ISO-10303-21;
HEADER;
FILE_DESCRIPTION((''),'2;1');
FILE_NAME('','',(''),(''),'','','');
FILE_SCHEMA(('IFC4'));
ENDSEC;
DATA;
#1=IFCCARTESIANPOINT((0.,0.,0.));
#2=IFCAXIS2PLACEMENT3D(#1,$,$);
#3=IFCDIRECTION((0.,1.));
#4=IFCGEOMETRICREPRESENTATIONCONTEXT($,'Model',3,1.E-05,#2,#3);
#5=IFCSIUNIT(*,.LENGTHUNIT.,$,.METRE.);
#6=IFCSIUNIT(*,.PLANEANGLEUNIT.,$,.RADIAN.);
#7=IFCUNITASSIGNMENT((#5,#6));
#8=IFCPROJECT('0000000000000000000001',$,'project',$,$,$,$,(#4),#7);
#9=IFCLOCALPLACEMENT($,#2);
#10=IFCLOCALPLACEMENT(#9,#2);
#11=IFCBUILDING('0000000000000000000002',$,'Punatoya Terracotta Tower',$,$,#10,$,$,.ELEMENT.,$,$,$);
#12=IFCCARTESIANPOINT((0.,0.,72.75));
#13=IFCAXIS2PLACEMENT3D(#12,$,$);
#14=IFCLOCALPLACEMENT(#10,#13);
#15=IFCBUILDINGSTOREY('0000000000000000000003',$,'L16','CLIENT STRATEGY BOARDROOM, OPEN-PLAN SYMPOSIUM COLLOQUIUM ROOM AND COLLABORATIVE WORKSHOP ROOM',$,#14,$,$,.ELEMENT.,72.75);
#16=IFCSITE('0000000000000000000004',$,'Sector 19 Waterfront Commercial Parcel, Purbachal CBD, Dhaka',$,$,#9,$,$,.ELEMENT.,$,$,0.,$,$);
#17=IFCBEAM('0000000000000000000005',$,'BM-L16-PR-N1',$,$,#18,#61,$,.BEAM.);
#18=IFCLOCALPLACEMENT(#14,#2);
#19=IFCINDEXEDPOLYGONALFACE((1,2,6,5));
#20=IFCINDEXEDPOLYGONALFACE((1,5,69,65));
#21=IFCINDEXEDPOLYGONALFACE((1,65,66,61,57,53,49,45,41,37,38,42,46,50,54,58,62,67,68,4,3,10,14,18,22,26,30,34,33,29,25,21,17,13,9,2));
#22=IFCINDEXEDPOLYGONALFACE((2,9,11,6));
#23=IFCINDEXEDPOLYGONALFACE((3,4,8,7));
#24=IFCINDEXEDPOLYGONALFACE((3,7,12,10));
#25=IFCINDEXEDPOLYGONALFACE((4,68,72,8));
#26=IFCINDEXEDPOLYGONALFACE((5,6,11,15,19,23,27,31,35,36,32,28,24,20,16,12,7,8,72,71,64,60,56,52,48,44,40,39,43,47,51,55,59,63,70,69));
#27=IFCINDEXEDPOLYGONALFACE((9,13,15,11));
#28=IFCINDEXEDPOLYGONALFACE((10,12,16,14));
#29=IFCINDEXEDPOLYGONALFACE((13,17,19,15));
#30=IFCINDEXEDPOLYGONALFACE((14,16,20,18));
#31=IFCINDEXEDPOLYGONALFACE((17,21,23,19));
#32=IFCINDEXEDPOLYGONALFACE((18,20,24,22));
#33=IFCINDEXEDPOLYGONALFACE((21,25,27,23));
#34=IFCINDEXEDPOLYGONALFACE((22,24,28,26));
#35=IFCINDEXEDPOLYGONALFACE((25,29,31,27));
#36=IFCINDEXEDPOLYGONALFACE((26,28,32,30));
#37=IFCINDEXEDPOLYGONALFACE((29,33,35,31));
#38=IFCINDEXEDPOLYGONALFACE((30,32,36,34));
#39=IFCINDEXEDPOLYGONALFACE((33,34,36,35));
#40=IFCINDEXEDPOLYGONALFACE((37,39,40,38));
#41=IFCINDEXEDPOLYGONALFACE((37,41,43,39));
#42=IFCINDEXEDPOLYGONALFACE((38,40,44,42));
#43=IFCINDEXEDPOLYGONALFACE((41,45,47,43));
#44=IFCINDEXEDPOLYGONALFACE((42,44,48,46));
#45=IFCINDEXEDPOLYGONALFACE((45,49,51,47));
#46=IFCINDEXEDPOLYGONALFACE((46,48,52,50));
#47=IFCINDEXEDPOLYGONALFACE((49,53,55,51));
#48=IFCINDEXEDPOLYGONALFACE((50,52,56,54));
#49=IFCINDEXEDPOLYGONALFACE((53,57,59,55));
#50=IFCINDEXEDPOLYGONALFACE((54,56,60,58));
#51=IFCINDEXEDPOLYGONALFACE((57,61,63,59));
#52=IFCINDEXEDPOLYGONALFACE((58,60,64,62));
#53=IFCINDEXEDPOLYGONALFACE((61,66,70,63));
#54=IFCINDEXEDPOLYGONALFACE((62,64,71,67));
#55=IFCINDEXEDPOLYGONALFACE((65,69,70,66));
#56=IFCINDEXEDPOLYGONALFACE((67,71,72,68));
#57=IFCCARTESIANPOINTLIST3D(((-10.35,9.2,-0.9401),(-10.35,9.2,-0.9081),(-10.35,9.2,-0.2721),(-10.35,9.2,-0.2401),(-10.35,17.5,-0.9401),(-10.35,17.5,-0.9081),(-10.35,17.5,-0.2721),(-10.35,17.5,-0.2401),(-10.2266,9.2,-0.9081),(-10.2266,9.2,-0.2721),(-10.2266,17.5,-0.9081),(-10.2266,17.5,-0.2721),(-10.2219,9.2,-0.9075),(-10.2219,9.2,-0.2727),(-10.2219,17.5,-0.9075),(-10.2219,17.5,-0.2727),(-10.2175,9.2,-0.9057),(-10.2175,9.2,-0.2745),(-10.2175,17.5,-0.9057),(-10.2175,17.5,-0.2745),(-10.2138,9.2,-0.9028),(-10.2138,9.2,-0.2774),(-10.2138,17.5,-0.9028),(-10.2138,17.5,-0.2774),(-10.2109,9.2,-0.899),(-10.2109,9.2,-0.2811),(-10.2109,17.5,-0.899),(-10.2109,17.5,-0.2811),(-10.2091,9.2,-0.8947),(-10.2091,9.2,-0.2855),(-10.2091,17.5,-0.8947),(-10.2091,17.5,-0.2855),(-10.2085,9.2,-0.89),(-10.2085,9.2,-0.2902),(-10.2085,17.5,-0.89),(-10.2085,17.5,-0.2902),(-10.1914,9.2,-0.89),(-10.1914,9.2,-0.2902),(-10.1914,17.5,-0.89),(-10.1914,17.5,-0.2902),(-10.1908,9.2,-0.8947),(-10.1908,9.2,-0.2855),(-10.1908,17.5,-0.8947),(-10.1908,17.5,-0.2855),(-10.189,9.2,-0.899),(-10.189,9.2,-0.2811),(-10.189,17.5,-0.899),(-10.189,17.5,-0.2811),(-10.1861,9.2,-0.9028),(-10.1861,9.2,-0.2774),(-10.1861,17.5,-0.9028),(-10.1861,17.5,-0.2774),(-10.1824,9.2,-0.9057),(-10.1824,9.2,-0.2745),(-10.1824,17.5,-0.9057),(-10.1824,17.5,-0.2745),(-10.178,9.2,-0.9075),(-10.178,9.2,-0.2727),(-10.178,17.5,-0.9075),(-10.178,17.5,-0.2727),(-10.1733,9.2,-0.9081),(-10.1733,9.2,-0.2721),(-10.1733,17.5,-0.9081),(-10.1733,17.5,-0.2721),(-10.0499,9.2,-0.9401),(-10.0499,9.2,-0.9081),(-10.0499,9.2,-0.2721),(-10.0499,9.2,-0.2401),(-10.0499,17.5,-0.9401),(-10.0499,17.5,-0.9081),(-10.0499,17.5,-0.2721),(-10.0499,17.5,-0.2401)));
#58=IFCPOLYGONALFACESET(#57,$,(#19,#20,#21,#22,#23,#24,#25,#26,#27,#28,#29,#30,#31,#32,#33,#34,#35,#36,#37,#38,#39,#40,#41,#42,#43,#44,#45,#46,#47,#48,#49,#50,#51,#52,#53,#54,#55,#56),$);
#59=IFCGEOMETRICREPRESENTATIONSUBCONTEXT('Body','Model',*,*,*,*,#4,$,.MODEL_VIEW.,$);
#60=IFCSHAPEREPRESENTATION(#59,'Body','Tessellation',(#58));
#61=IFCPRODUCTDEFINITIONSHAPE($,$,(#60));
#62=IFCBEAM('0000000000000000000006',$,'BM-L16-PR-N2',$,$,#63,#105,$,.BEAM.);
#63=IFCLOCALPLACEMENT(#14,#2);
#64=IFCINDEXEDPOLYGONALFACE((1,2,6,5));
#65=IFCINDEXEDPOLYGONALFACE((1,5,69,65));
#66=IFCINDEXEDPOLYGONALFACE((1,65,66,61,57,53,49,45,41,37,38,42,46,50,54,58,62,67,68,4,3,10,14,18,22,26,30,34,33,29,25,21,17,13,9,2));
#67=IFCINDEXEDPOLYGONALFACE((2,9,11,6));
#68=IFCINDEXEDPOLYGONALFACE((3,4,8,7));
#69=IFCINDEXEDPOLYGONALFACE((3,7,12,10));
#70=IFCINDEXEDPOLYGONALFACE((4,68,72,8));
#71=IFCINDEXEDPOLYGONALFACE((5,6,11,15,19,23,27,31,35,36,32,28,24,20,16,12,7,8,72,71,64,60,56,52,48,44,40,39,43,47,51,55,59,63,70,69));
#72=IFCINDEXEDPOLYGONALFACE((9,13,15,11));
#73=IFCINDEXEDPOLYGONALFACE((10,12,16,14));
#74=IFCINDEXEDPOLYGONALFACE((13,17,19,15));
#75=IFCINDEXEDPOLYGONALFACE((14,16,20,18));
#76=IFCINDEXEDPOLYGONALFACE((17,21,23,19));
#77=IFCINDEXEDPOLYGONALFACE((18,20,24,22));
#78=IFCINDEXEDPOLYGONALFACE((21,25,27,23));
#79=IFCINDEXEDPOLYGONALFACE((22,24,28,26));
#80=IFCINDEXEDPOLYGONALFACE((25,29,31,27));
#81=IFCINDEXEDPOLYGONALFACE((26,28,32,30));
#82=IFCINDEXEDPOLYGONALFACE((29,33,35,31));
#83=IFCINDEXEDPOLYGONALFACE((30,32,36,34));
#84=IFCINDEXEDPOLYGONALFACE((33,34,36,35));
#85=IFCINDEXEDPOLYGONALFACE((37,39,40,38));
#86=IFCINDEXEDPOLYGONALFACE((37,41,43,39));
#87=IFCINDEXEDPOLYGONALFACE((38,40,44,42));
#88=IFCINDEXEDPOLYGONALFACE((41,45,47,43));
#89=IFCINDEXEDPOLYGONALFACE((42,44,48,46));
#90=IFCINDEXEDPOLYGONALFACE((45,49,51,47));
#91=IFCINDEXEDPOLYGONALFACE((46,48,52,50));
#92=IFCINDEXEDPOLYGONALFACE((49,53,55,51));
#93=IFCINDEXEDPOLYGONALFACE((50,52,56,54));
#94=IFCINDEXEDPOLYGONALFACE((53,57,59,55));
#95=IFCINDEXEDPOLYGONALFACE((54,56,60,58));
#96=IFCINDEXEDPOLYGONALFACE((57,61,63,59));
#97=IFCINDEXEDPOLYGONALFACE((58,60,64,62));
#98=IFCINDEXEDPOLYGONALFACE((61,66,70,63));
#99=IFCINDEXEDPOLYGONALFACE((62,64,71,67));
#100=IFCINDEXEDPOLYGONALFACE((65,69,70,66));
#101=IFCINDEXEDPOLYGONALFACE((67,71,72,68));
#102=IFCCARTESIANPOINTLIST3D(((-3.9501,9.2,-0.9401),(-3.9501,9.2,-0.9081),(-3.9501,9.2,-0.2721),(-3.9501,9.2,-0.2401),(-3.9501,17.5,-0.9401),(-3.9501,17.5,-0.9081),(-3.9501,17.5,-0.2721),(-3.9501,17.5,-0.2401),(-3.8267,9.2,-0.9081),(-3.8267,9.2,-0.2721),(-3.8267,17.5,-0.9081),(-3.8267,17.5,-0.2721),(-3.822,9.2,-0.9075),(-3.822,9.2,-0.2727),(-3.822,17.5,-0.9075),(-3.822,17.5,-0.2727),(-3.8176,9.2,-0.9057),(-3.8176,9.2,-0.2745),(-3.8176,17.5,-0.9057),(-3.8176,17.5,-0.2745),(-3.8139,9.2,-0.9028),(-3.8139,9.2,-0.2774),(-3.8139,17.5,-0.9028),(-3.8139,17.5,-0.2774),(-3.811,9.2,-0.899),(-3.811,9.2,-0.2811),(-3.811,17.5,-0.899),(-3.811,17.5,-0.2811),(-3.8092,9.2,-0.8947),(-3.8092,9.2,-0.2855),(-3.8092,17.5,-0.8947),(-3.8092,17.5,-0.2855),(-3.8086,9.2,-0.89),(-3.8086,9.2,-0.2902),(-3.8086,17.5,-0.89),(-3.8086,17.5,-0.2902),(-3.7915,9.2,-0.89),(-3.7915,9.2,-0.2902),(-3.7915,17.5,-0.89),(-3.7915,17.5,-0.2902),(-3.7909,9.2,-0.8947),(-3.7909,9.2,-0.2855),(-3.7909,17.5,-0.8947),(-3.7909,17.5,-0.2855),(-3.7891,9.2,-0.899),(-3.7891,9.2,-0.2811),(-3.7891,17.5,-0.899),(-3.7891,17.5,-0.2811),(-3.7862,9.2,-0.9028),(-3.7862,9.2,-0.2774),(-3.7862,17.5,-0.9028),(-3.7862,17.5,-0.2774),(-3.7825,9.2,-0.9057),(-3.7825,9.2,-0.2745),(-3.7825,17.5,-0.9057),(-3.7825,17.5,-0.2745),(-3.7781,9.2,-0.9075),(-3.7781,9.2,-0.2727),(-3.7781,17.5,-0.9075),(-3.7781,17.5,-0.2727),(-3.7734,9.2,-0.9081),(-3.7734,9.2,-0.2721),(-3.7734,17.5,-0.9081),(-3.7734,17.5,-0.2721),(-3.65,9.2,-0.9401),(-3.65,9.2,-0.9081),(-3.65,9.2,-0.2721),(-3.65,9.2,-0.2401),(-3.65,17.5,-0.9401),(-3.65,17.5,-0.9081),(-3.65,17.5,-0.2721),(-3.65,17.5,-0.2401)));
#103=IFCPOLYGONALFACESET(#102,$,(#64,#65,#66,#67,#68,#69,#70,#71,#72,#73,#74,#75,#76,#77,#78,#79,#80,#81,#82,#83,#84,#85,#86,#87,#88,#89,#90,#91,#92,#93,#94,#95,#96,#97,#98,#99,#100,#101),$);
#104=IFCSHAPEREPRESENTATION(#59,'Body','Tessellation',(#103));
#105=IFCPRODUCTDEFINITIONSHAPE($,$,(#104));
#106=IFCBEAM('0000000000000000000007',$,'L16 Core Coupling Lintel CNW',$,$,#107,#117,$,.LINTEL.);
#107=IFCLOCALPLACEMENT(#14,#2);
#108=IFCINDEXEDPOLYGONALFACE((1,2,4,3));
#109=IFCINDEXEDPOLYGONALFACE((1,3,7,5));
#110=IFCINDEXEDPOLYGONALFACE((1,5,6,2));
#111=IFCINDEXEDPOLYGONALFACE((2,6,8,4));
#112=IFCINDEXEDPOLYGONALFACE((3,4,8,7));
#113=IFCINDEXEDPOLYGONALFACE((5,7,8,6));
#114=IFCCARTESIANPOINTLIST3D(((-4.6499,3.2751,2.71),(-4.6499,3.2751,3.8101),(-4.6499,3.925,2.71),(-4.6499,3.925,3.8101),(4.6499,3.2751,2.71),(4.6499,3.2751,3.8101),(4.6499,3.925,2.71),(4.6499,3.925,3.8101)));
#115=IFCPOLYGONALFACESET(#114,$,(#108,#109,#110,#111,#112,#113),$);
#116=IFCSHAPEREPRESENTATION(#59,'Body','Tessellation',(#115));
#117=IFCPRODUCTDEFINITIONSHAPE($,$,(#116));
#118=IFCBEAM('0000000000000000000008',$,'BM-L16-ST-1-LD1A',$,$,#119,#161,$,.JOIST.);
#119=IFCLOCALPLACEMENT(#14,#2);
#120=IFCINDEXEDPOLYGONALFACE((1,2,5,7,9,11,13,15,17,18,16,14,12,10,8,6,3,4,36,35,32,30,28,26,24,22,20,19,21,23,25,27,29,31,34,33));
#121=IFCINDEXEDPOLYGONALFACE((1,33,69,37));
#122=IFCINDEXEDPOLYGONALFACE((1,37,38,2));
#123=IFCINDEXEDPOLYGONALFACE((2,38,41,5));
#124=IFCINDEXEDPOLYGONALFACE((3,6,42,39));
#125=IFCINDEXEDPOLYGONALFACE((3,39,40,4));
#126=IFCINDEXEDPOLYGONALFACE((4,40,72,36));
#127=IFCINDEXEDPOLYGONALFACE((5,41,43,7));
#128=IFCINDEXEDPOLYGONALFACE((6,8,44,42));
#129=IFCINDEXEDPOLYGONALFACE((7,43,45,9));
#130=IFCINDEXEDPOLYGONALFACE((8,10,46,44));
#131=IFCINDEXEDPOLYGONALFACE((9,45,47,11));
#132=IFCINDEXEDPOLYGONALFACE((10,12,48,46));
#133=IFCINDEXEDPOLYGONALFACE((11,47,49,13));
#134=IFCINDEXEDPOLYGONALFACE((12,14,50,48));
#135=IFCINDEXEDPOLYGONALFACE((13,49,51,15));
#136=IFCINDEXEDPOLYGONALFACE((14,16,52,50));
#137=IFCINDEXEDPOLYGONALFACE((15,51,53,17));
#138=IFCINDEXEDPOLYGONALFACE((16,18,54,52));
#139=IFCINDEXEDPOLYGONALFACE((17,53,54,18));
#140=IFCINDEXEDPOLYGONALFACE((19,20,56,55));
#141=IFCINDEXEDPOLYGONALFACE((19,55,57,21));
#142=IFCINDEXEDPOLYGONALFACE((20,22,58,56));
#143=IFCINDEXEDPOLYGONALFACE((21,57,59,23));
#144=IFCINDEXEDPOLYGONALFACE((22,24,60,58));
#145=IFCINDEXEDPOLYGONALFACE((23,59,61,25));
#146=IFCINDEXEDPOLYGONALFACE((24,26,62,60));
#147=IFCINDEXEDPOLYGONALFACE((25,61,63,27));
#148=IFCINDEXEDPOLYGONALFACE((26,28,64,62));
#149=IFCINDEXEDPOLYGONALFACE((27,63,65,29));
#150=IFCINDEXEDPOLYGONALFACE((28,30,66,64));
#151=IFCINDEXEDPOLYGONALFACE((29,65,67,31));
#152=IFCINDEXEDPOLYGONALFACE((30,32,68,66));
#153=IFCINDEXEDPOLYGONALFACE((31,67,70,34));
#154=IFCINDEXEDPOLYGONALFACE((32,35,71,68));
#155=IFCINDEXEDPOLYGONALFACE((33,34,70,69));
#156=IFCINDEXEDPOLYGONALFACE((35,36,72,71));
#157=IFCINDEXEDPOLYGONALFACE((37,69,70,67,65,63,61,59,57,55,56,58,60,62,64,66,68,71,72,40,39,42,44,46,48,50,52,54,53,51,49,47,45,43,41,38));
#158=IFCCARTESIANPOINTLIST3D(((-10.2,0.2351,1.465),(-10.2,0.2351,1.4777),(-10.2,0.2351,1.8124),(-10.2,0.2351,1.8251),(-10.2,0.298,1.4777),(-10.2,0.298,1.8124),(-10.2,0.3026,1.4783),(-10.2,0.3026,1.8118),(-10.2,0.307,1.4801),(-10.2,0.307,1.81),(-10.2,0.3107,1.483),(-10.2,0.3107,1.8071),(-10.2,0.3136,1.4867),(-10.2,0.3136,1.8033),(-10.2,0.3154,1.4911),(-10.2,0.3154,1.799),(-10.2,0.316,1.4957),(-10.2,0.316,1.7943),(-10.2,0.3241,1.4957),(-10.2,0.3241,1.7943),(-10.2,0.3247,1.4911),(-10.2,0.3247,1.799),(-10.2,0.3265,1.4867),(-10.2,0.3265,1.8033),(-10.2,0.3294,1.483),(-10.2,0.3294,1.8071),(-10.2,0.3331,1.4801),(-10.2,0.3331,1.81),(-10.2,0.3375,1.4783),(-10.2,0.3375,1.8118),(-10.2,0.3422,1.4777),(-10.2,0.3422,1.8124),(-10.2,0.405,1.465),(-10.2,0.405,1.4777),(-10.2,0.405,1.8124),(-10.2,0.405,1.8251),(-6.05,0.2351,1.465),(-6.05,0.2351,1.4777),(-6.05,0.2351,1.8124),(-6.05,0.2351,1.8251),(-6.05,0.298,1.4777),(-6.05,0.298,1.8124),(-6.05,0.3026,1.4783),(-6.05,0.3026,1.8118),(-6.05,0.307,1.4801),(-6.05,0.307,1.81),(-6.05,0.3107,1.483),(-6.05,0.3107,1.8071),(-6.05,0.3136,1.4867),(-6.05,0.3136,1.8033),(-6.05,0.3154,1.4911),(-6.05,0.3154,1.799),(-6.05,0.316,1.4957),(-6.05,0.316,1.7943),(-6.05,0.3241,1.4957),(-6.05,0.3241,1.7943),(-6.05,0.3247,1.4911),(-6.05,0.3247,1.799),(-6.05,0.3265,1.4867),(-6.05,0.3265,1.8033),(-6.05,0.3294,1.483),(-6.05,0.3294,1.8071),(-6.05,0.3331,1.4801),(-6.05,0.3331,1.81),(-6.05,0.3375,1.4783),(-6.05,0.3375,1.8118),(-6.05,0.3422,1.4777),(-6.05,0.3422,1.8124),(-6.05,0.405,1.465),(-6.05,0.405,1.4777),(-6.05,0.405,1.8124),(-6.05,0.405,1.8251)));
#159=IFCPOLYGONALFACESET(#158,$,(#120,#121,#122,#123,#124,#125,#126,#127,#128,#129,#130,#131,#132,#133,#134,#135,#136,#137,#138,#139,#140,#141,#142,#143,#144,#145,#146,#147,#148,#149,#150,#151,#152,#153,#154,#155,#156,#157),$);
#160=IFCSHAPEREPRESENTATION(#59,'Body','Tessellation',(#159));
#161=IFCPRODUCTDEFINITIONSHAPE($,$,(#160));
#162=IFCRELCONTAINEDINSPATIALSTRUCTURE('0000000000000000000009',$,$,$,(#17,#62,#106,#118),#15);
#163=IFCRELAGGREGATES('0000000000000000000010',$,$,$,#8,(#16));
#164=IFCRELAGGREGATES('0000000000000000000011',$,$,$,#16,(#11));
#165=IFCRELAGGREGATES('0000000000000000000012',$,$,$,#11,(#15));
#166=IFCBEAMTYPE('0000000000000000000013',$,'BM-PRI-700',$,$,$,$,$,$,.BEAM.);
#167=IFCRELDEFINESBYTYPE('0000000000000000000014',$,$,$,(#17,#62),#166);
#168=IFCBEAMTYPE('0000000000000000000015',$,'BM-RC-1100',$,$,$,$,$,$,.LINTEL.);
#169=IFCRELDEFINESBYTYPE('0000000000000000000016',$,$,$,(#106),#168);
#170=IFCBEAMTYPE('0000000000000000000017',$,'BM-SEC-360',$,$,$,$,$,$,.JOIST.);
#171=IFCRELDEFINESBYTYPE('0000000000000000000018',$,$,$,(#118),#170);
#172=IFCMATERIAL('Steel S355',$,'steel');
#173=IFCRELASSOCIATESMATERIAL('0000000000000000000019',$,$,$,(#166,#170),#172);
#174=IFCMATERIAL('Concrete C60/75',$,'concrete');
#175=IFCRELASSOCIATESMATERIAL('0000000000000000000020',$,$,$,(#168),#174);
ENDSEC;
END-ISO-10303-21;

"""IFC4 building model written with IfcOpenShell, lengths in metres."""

from ifc_helpers import new_model, si_unit, direction, frame, origin, origin_2d, place, context, subcontext, project, spatial, rectangle, i_section, extrude, material, material_profile, profile_set, type_object, element, save


model = new_model("IFC4")

# Units and contexts
model_context = context("Model", 3, precision=1e-05, world=origin(), true_north=direction((0.0, 1.0)))
body_context = subcontext(model_context, "Body", "Model", "MODEL_VIEW")
ifc_project = project(units=[si_unit("LENGTHUNIT", "METRE"), si_unit("PLANEANGLEUNIT", "RADIAN")], contexts=[model_context])

# Site, building, storey
site_placement = place(None, origin())
site = spatial("IfcSite", under=ifc_project, at=site_placement, Name="Sector 19 Waterfront Commercial Parcel, Purbachal CBD, Dhaka", CompositionType="ELEMENT", RefElevation=0.0)
building_placement = place(site_placement, origin())
building = spatial("IfcBuilding", under=site, at=building_placement, Name="Punatoya Terracotta Tower", CompositionType="ELEMENT")
storey_placement = place(building_placement, frame((0.0, 0.0, 72.75)))
storey = spatial("IfcBuildingStorey", under=building, at=storey_placement, Name="L16", Description="CLIENT STRATEGY BOARDROOM, OPEN-PLAN SYMPOSIUM COLLOQUIUM ROOM AND COLLABORATIVE WORKSHOP ROOM", CompositionType="ELEMENT", Elevation=72.75)

# Beams
ifc_material_1 = material(Name="Steel S355", Category="steel")
ifc_material_profile_1 = material_profile(ifc_material_1, i_section(OverallWidth=0.3, OverallDepth=0.7, WebThickness=0.0171, FlangeThickness=0.032, FilletRadius=0.0181, at=origin_2d()))
ifc_profile_set_1 = profile_set([ifc_material_profile_1], Name="Steel S355")
beam_type_1 = type_object("IfcBeamType", Name="BM-PRI-700", PredefinedType="BEAM", material=ifc_profile_set_1)
for number, where, z_axis, x_axis, name in (
    (1, (-10.2, 9.2, -0.5901), (0.0, 1.0, 0.0), (-1.0, 0.0, 0.0), "BM-L16-PR-N1"),
    (2, (-3.8, 9.2, -0.5901), (0.0, 1.0, 0.0), (-1.0, 0.0, 0.0), "BM-L16-PR-N2"),
):
    element("IfcBeam", number, at=place(storey_placement, frame(where, z_axis=z_axis, x_axis=x_axis)), inside=storey, type_object=beam_type_1, Name=name, PredefinedType="BEAM", context=body_context, shape_type="SweptSolid", body=[
        extrude(i_section(OverallWidth=0.3, OverallDepth=0.7, WebThickness=0.0171, FlangeThickness=0.032, FilletRadius=0.0181, at=origin_2d()), origin(), (0.0, 0.0, 1.0), 8.3),
    ])
ifc_material_2 = material(Name="Concrete C60/75", Category="concrete")
ifc_material_profile_2 = material_profile(ifc_material_2, rectangle(XDim=0.6499, YDim=1.1001, at=origin_2d()))
ifc_profile_set_2 = profile_set([ifc_material_profile_2], Name="Concrete C60/75")
beam_type_2 = type_object("IfcBeamType", Name="BM-RC-1100", PredefinedType="LINTEL", material=ifc_profile_set_2)
beam_1_placement = place(storey_placement, frame((-4.6499, 3.6001, 3.26), z_axis=(1.0, 0.0, 0.0), x_axis=(0.0, 1.0, 0.0)))
element("IfcBeam", 3, at=beam_1_placement, inside=storey, type_object=beam_type_2, Name="L16 Core Coupling Lintel CNW", PredefinedType="LINTEL", context=body_context, shape_type="SweptSolid", body=[
    extrude(rectangle(XDim=0.6499, YDim=1.1001, at=origin_2d()), origin(), (0.0, 0.0, 1.0), 9.2998),
])
ifc_material_profile_3 = material_profile(ifc_material_1, i_section(OverallWidth=0.1699, OverallDepth=0.3601, WebThickness=0.0081, FlangeThickness=0.0127, FilletRadius=0.0181, at=origin_2d()))
ifc_profile_set_3 = profile_set([ifc_material_profile_3], Name="Steel S355")
beam_type_3 = type_object("IfcBeamType", Name="BM-SEC-360", PredefinedType="JOIST", material=ifc_profile_set_3)
for number, where, z_axis, x_axis, name in (
    (4, (-10.2, 0.3201, 1.645), (1.0, 0.0, 0.0), (0.0, 1.0, 0.0), "BM-L16-ST-1-LD1A"),
):
    element("IfcBeam", number, at=place(storey_placement, frame(where, z_axis=z_axis, x_axis=x_axis)), inside=storey, type_object=beam_type_3, Name=name, PredefinedType="JOIST", context=body_context, shape_type="SweptSolid", body=[
        extrude(i_section(OverallWidth=0.1699, OverallDepth=0.3601, WebThickness=0.0081, FlangeThickness=0.0127, FilletRadius=0.0181, at=origin_2d()), origin(), (0.0, 0.0, 1.0), 4.1499),
    ])

save(model, "model.ifc")
